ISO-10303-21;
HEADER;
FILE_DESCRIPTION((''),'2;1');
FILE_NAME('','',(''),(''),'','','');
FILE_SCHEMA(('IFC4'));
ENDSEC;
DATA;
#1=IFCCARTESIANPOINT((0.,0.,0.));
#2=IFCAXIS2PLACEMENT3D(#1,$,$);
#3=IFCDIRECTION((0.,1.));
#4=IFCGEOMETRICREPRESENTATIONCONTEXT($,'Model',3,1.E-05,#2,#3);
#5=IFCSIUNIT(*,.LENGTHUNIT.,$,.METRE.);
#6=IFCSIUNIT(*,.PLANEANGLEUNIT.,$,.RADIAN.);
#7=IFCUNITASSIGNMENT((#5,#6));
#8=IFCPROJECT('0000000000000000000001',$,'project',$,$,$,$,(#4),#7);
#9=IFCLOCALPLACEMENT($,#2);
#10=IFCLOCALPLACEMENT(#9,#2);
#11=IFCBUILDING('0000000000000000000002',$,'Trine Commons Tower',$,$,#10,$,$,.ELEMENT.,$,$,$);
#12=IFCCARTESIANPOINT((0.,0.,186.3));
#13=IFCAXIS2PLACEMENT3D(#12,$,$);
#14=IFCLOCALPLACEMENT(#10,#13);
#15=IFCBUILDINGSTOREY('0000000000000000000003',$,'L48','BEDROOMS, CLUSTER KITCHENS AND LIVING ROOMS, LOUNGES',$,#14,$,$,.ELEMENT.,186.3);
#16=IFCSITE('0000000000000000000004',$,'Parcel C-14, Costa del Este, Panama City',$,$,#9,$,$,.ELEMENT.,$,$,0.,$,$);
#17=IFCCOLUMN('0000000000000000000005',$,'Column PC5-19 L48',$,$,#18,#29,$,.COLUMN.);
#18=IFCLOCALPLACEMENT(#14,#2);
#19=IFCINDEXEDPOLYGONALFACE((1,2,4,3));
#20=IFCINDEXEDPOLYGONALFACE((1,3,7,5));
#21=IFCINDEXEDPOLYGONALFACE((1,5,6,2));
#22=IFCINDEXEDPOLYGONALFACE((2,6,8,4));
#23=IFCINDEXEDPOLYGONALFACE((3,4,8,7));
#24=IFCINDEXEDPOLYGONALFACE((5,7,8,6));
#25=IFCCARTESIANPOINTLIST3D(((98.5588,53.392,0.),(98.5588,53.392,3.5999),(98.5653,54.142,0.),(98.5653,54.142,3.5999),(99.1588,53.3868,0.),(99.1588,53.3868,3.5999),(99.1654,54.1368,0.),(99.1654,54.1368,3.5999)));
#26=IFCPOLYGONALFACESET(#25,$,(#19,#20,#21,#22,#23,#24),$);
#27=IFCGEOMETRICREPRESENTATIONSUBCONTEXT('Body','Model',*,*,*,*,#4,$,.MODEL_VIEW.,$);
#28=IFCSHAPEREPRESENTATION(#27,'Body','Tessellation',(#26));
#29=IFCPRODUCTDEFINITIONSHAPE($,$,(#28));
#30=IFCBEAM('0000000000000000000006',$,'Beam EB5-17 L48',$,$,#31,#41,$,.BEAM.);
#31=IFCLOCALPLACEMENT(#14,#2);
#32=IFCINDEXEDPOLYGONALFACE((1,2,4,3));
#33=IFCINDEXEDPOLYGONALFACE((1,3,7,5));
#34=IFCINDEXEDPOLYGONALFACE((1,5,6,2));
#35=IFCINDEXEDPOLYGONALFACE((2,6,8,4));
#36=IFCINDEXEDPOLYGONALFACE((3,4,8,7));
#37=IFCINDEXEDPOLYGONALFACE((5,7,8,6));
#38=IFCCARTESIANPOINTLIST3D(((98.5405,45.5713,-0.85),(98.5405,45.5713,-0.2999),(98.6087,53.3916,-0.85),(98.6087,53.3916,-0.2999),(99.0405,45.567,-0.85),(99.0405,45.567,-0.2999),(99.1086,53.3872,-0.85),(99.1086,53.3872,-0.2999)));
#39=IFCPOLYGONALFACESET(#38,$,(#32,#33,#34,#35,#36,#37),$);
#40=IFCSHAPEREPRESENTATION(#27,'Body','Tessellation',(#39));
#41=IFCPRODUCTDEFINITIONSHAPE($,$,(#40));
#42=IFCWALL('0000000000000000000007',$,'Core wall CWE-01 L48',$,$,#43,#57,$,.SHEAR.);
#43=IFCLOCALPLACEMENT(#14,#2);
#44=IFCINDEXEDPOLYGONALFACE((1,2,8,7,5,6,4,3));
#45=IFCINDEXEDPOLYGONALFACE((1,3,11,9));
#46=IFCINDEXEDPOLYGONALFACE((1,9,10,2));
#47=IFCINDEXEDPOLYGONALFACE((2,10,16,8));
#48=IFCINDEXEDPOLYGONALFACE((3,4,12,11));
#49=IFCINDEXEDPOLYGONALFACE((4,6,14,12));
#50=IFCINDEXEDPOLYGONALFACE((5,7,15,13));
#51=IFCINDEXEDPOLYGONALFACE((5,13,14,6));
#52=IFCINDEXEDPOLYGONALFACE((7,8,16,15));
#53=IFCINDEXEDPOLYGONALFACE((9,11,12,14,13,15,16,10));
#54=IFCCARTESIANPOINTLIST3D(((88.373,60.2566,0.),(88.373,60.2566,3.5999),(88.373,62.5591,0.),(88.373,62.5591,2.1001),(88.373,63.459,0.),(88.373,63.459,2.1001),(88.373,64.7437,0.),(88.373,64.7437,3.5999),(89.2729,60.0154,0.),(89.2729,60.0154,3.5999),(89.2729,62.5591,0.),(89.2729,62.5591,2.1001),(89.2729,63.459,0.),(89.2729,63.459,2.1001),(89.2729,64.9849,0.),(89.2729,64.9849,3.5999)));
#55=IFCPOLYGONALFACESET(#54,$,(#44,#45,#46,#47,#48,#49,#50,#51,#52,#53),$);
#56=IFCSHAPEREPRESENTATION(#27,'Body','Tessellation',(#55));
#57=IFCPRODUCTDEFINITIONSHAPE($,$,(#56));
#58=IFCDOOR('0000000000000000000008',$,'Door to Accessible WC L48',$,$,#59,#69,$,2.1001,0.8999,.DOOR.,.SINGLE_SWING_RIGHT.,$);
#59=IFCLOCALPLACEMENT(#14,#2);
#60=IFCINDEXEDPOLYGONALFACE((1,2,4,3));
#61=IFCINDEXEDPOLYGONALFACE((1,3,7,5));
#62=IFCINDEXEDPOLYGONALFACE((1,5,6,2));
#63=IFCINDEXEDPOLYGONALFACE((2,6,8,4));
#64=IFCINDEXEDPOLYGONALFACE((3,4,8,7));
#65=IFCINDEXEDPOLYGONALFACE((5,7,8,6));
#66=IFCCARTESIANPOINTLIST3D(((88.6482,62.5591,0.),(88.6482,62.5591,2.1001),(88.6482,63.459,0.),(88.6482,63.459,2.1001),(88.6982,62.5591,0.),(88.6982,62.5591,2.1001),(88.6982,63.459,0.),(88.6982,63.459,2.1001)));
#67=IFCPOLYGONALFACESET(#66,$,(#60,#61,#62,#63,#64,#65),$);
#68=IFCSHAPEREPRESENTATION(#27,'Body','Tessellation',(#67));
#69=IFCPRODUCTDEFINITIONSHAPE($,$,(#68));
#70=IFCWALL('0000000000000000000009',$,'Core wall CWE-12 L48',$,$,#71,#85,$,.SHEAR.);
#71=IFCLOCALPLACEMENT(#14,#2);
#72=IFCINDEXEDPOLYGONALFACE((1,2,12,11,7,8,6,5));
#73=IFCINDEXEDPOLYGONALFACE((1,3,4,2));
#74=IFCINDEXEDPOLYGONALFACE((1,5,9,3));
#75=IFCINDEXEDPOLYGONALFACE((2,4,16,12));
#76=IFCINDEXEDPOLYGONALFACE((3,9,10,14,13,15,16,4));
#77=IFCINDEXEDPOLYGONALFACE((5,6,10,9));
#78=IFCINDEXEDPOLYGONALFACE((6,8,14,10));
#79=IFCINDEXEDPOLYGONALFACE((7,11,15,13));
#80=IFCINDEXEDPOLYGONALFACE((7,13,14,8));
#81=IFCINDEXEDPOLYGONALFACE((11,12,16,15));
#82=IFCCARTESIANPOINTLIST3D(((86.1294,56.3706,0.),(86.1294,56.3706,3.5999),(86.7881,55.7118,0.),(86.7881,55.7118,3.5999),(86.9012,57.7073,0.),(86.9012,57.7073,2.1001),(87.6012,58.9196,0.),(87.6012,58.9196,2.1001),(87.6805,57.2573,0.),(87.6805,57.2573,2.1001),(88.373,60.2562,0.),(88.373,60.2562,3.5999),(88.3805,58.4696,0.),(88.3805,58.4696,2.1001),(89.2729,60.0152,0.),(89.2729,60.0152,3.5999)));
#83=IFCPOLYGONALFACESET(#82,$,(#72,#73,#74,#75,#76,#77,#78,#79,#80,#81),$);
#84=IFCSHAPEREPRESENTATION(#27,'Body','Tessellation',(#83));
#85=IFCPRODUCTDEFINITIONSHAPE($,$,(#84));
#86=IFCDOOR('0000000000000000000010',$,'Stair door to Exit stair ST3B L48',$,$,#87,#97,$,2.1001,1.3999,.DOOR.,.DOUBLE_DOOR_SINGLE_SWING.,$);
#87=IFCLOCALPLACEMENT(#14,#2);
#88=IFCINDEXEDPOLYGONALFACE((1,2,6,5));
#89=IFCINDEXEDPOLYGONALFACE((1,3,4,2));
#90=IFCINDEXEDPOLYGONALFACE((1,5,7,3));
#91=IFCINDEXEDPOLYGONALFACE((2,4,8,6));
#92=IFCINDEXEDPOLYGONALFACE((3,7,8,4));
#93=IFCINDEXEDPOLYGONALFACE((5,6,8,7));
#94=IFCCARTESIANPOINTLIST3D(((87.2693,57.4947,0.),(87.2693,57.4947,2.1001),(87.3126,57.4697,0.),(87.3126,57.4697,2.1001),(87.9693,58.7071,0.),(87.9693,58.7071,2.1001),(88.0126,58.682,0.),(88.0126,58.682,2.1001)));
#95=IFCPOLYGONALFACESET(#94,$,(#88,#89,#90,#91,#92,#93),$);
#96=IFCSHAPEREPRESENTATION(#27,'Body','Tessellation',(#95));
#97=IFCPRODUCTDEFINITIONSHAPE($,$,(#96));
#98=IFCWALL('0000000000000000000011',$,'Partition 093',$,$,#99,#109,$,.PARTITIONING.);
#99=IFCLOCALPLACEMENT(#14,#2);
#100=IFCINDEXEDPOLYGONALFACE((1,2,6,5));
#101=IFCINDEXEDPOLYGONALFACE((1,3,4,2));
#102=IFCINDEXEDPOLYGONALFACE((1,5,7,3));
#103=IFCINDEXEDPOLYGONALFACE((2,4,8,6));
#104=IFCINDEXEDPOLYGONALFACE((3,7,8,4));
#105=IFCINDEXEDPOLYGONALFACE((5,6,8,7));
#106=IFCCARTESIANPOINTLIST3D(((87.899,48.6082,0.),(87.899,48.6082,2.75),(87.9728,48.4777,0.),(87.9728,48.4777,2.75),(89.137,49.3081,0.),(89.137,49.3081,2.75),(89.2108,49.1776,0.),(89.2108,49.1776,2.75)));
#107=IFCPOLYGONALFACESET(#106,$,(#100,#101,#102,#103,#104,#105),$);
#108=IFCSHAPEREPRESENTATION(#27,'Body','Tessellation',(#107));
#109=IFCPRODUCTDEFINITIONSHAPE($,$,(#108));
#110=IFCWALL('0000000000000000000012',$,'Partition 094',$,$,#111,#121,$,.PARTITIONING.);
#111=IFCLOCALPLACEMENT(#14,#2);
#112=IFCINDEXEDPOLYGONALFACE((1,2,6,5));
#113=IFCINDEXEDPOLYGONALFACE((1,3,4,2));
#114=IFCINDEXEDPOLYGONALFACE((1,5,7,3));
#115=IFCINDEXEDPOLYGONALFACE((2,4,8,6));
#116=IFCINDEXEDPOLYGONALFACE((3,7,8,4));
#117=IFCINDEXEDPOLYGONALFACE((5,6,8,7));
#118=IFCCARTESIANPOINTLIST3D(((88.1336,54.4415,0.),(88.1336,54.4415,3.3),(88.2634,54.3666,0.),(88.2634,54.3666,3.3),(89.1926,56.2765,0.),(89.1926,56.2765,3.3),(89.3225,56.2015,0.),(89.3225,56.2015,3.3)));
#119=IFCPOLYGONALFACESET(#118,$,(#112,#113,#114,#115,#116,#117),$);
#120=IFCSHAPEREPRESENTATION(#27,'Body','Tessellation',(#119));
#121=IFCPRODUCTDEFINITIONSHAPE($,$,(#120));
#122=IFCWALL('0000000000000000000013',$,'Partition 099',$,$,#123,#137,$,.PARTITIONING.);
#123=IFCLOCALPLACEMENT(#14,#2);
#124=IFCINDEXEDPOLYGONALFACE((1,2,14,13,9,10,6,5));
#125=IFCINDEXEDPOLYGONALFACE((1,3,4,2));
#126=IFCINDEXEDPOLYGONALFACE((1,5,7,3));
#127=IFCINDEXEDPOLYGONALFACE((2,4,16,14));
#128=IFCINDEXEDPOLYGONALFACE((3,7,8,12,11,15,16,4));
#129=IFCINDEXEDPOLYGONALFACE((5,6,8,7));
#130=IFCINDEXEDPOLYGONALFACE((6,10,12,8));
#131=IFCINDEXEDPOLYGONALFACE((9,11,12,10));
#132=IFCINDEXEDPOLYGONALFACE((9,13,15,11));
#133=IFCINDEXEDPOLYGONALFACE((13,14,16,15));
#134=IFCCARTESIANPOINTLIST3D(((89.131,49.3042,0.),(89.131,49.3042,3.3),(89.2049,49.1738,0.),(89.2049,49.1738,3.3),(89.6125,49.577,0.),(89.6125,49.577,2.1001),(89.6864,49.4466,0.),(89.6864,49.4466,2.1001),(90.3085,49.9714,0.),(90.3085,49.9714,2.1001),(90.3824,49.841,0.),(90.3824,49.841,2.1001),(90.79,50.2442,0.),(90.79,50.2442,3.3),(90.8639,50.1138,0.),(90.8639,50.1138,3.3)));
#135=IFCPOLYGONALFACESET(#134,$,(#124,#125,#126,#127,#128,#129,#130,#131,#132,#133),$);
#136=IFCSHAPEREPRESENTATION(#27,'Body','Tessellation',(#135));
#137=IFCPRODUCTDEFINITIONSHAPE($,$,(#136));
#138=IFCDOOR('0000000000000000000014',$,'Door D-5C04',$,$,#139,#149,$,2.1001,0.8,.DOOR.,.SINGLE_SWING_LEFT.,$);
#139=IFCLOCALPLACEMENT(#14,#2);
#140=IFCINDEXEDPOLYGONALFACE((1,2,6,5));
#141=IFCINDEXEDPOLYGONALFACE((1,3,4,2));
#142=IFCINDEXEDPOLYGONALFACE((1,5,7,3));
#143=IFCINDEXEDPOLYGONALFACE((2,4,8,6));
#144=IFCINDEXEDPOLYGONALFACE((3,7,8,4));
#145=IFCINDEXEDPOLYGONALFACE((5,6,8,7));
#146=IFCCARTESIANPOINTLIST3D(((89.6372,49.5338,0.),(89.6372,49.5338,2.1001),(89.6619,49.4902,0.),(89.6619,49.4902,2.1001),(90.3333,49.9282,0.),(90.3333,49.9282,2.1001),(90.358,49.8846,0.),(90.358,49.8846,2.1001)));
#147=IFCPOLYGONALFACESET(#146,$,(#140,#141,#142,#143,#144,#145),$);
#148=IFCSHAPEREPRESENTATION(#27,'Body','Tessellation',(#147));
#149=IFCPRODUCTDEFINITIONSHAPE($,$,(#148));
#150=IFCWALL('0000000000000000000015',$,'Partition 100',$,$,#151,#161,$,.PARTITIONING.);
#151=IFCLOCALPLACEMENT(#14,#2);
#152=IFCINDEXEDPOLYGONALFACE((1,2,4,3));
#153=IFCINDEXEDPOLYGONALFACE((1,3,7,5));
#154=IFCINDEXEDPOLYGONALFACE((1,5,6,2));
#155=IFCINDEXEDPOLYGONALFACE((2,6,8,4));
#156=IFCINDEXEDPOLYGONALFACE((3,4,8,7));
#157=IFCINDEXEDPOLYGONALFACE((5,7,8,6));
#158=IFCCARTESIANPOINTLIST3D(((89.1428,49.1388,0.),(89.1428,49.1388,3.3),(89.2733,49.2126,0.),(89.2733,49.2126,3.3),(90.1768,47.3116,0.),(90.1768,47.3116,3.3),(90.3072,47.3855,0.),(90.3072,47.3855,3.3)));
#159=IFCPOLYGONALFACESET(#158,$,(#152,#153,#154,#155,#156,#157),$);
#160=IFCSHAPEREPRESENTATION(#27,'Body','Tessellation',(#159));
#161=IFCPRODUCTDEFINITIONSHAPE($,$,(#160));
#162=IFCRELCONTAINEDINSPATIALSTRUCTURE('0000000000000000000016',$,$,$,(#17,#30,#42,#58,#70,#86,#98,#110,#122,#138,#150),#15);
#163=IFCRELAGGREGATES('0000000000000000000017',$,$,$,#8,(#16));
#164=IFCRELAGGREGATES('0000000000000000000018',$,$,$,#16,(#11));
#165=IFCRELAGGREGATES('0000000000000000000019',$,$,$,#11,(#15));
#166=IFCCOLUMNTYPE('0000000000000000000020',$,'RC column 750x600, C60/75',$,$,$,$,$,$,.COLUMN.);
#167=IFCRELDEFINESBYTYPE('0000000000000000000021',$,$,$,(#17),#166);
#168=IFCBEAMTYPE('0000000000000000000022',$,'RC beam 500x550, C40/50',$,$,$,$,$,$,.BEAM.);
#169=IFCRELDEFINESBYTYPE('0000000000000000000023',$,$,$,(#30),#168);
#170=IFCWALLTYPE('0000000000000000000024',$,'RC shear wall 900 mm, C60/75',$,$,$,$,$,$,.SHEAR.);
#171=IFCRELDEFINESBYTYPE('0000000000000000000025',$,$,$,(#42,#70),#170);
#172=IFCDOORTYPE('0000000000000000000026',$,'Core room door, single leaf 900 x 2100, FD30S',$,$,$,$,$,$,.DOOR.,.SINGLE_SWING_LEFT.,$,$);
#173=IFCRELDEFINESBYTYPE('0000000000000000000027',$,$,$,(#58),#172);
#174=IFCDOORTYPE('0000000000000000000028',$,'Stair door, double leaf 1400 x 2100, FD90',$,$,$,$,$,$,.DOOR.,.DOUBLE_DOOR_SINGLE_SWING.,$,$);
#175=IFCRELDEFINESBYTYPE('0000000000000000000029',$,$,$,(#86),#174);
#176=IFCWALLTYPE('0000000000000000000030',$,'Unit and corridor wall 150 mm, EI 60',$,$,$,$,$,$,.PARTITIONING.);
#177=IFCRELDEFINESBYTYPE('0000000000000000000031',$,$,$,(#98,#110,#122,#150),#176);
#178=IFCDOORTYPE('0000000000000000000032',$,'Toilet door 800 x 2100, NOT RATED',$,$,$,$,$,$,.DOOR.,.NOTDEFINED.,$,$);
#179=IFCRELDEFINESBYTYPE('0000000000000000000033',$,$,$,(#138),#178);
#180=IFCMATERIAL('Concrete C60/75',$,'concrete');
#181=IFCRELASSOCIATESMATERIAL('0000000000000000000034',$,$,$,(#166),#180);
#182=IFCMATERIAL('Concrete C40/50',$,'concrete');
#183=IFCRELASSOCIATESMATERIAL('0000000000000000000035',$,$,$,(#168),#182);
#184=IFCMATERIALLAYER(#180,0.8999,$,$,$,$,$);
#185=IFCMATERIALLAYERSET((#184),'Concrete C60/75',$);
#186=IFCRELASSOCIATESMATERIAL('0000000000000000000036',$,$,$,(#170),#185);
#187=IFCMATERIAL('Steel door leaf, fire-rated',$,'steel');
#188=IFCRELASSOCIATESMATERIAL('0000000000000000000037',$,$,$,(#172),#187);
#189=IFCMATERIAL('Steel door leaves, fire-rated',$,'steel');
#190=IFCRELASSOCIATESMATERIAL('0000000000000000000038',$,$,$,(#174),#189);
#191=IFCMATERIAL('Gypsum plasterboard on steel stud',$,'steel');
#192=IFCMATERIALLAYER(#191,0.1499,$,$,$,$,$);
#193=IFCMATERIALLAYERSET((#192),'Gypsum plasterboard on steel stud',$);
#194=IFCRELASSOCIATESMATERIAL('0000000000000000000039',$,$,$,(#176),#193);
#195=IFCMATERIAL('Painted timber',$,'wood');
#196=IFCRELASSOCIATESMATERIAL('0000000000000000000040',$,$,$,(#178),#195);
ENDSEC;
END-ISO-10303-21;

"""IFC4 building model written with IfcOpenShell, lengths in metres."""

from ifc_helpers import new_model, si_unit, direction, frame, frame_2d, origin, origin_2d, place, context, subcontext, project, spatial, polyline, rectangle, outline, extrude, material, layer, layer_set, material_profile, profile_set, type_object, element, fill, save


model = new_model("IFC4")

# Units and contexts
model_context = context("Model", 3, precision=1e-05, world=origin(), true_north=direction((0.0, 1.0)))
body_context = subcontext(model_context, "Body", "Model", "MODEL_VIEW")
ifc_project = project(units=[si_unit("LENGTHUNIT", "METRE"), si_unit("PLANEANGLEUNIT", "RADIAN")], contexts=[model_context])

# Site, building, storey
site_placement = place(None, origin())
site = spatial("IfcSite", under=ifc_project, at=site_placement, Name="Parcel C-14, Costa del Este, Panama City", CompositionType="ELEMENT", RefElevation=0.0)
building_placement = place(site_placement, origin())
building = spatial("IfcBuilding", under=site, at=building_placement, Name="Trine Commons Tower", CompositionType="ELEMENT")
storey_placement = place(building_placement, frame((0.0, 0.0, 186.3)))
storey = spatial("IfcBuildingStorey", under=building, at=storey_placement, Name="L48", Description="BEDROOMS, CLUSTER KITCHENS AND LIVING ROOMS, LOUNGES", CompositionType="ELEMENT", Elevation=186.3)

# Column
ifc_material_1 = material(Name="Concrete C60/75", Category="concrete")
ifc_material_profile_1 = material_profile(ifc_material_1, rectangle(XDim=0.75, YDim=0.6001, at=origin_2d()), Name="RC 750x600")
ifc_profile_set_1 = profile_set([ifc_material_profile_1], Name="Concrete C60/75")
column_type = type_object("IfcColumnType", Name="RC column 750x600, C60/75", PredefinedType="COLUMN", material=ifc_profile_set_1)
column_placement = place(storey_placement, frame((98.8621, 53.7644, 0.0), z_axis=(0.0, 0.0, 1.0), x_axis=(0.008727, 0.999962, 0.0)))
element("IfcColumn", 1, at=column_placement, inside=storey, type_object=column_type, Name="Column PC5-19 L48", PredefinedType="COLUMN", context=body_context, shape_type="SweptSolid", body=[
    extrude(rectangle(XDim=0.75, YDim=0.6001, at=origin_2d()), origin(), (0.0, 0.0, 1.0), 3.5999),
])

# Beam
ifc_material_2 = material(Name="Concrete C40/50", Category="concrete")
ifc_material_profile_2 = material_profile(ifc_material_2, rectangle(XDim=0.5, YDim=0.55, at=origin_2d()), Name="RC 500x550")
ifc_profile_set_2 = profile_set([ifc_material_profile_2], Name="Concrete C40/50")
beam_type = type_object("IfcBeamType", Name="RC beam 500x550, C40/50", PredefinedType="BEAM", material=ifc_profile_set_2)
beam_placement = place(storey_placement, frame((98.8586, 53.3894, -0.575), z_axis=(-0.00871, -0.999962, 0.0), x_axis=(0.999962, -0.00871, 0.0)))
element("IfcBeam", 2, at=beam_placement, inside=storey, type_object=beam_type, Name="Beam EB5-17 L48", PredefinedType="BEAM", context=body_context, shape_type="SweptSolid", body=[
    extrude(rectangle(XDim=0.5, YDim=0.55, at=origin_2d()), origin(), (0.0, 0.0, 1.0), 7.8206),
])

# Walls, openings, doors
ifc_layer_1 = layer(ifc_material_1, 0.8999)
ifc_layer_set_1 = layer_set([ifc_layer_1], Name="Concrete C60/75")
wall_type_1 = type_object("IfcWallType", Name="RC shear wall 900 mm, C60/75", PredefinedType="SHEAR", material=ifc_layer_set_1)
wall_1_placement = place(storey_placement, frame((88.823, 60.0154, 0.0), z_axis=(0.0, 0.0, 1.0), x_axis=(0.0, 1.0, 0.0)))
wall_1 = element("IfcWall", 3, at=wall_1_placement, inside=storey, type_object=wall_type_1, Name="Core wall CWE-01 L48", PredefinedType="SHEAR", context=body_context, shape_type="SweptSolid", body=[
    extrude(outline(polyline([(0.0, -0.45), (4.9695, -0.45), (4.7283, 0.45), (0.2412, 0.45), (0.0, -0.45)])), origin(), (0.0, 0.0, 1.0), 3.5999),
])
opening_1_placement = place(wall_1_placement, frame((2.5437, 0.0, 0.0)))
opening_1 = element("IfcOpeningElement", 4, at=opening_1_placement, cuts=wall_1, PredefinedType="OPENING", context=body_context, shape_type="SweptSolid", body=[
    extrude(rectangle(XDim=0.8999, YDim=2.1001, at=frame_2d((0.45, 1.05))), frame((0.0, 0.46, 0.0), z_axis=(0.0, -1.0, 0.0), x_axis=(1.0, 0.0, 0.0)), (0.0, 0.0, 1.0), 0.9199),
])
ifc_material_3 = material(Name="Steel door leaf, fire-rated", Category="steel")
door_type_1 = type_object("IfcDoorType", Name="Core room door, single leaf 900 x 2100, FD30S", OperationType="SINGLE_SWING_LEFT", PredefinedType="DOOR", material=ifc_material_3)
door_1_placement = place(opening_1_placement, origin())
door_1 = element("IfcDoor", 5, at=door_1_placement, inside=storey, type_object=door_type_1, Name="Door to Accessible WC L48", OperationType="SINGLE_SWING_RIGHT", OverallHeight=2.1001, OverallWidth=0.8999, PredefinedType="DOOR", context=body_context, shape_type="SweptSolid", body=[
    extrude(rectangle(XDim=0.8999, YDim=2.1001, at=frame_2d((0.45, 1.05))), frame((0.0, 0.1748, 0.0), z_axis=(0.0, -1.0, 0.0), x_axis=(1.0, 0.0, 0.0)), (0.0, 0.0, 1.0), 0.05),
])
fill(opening_1, door_1)
wall_2_placement = place(storey_placement, frame((86.3984, 55.9368, 0.0), z_axis=(0.0, 0.0, 1.0), x_axis=(0.500039, 0.866003, 0.0)))
wall_2 = element("IfcWall", 6, at=wall_2_placement, inside=storey, type_object=wall_type_1, Name="Core wall CWE-12 L48", PredefinedType="SHEAR", context=body_context, shape_type="SweptSolid", body=[
    extrude(outline(polyline([(0.0, -0.45), (4.9692, -0.45), (4.728, 0.45), (0.2412, 0.45), (0.0, -0.45)])), origin(), (0.0, 0.0, 1.0), 3.5999),
])
opening_2_placement = place(wall_2_placement, frame((1.7847, 0.0, 0.0)))
opening_2 = element("IfcOpeningElement", 7, at=opening_2_placement, cuts=wall_2, PredefinedType="OPENING", context=body_context, shape_type="SweptSolid", body=[
    extrude(rectangle(XDim=1.3999, YDim=2.1001, at=frame_2d((0.7, 1.05))), frame((0.0, 0.46, 0.0), z_axis=(0.0, -1.0, 0.0), x_axis=(1.0, 0.0, 0.0)), (0.0, 0.0, 1.0), 0.9199),
])
ifc_material_4 = material(Name="Steel door leaves, fire-rated", Category="steel")
door_type_2 = type_object("IfcDoorType", Name="Stair door, double leaf 1400 x 2100, FD90", OperationType="DOUBLE_DOOR_SINGLE_SWING", PredefinedType="DOOR", material=ifc_material_4)
door_2_placement = place(opening_2_placement, origin())
door_2 = element("IfcDoor", 8, at=door_2_placement, inside=storey, type_object=door_type_2, Name="Stair door to Exit stair ST3B L48", OperationType="DOUBLE_DOOR_SINGLE_SWING", OverallHeight=2.1001, OverallWidth=1.3999, PredefinedType="DOOR", context=body_context, shape_type="SweptSolid", body=[
    extrude(rectangle(XDim=1.3999, YDim=2.1001, at=frame_2d((0.7, 1.05))), frame((0.0, 0.0249, 0.0), z_axis=(0.0, -1.0, 0.0), x_axis=(1.0, 0.0, 0.0)), (0.0, 0.0, 1.0), 0.05),
])
fill(opening_2, door_2)

# Walls
ifc_material_5 = material(Name="Gypsum plasterboard on steel stud", Category="steel")
ifc_layer_2 = layer(ifc_material_5, 0.1499)
ifc_layer_set_2 = layer_set([ifc_layer_2], Name="Gypsum plasterboard on steel stud")
wall_type_2 = type_object("IfcWallType", Name="Unit and corridor wall 150 mm, EI 60", PredefinedType="PARTITIONING", material=ifc_layer_set_2)
wall_3_placement = place(storey_placement, frame((87.936, 48.543, 0.0), z_axis=(0.0, 0.0, 1.0), x_axis=(0.870505, 0.492159, 0.0)))
element("IfcWall", 9, at=wall_3_placement, inside=storey, type_object=wall_type_2, Name="Partition 093", PredefinedType="PARTITIONING", context=body_context, shape_type="SweptSolid", body=[
    extrude(rectangle(XDim=1.4221, YDim=0.1499, at=frame_2d((0.7109, 0.0))), origin(), (0.0, 0.0, 1.0), 2.75),
])
wall_4_placement = place(storey_placement, frame((88.1985, 54.4041, 0.0), z_axis=(0.0, 0.0, 1.0), x_axis=(0.499882, 0.866093, 0.0)))
element("IfcWall", 10, at=wall_4_placement, inside=storey, type_object=wall_type_2, Name="Partition 094", PredefinedType="PARTITIONING", context=body_context, shape_type="SweptSolid", body=[
    extrude(rectangle(XDim=2.1187, YDim=0.1499, at=frame_2d((1.0593, 0.0))), origin(), (0.0, 0.0, 1.0), 3.3),
])

# Wall, opening, door
wall_5_placement = place(storey_placement, frame((89.168, 49.239, 0.0), z_axis=(0.0, 0.0, 1.0), x_axis=(0.87005, 0.492964, 0.0)))
wall_5 = element("IfcWall", 11, at=wall_5_placement, inside=storey, type_object=wall_type_2, Name="Partition 099", PredefinedType="PARTITIONING", context=body_context, shape_type="SweptSolid", body=[
    extrude(rectangle(XDim=1.9067, YDim=0.1499, at=frame_2d((0.9534, 0.0))), origin(), (0.0, 0.0, 1.0), 3.3),
])
opening_3_placement = place(wall_5_placement, frame((0.5535, 0.0, 0.0)))
opening_3 = element("IfcOpeningElement", 12, at=opening_3_placement, cuts=wall_5, PredefinedType="OPENING", context=body_context, shape_type="SweptSolid", body=[
    extrude(rectangle(XDim=0.8, YDim=2.1001, at=frame_2d((0.3999, 1.05))), frame((0.0, 0.085, 0.0), z_axis=(0.0, -1.0, 0.0), x_axis=(1.0, 0.0, 0.0)), (0.0, 0.0, 1.0), 0.1699),
])
ifc_material_6 = material(Name="Painted timber", Category="wood")
door_type_3 = type_object("IfcDoorType", Name="Toilet door 800 x 2100, NOT RATED", OperationType="NOTDEFINED", PredefinedType="DOOR", material=ifc_material_6)
door_3_placement = place(opening_3_placement, frame((0.8, 0.0, 0.0), z_axis=(0.0, 0.0, 1.0), x_axis=(-1.0, 0.0, 0.0)))
door_3 = element("IfcDoor", 13, at=door_3_placement, inside=storey, type_object=door_type_3, Name="Door D-5C04", OperationType="SINGLE_SWING_LEFT", OverallHeight=2.1001, OverallWidth=0.8, PredefinedType="DOOR", context=body_context, shape_type="SweptSolid", body=[
    extrude(rectangle(XDim=0.8, YDim=2.1001, at=frame_2d((0.3999, 1.05))), frame((0.0, 0.0249, 0.0), z_axis=(0.0, -1.0, 0.0), x_axis=(1.0, 0.0, 0.0)), (0.0, 0.0, 1.0), 0.05),
])
fill(opening_3, door_3)

# Wall
wall_6_placement = place(storey_placement, frame((89.208, 49.1758, 0.0), z_axis=(0.0, 0.0, 1.0), x_axis=(0.49249, -0.870318, 0.0)))
element("IfcWall", 14, at=wall_6_placement, inside=storey, type_object=wall_type_2, Name="Partition 100", PredefinedType="PARTITIONING", context=body_context, shape_type="SweptSolid", body=[
    extrude(rectangle(XDim=2.0994, YDim=0.1499, at=frame_2d((1.0498, 0.0))), origin(), (0.0, 0.0, 1.0), 3.3),
])

save(model, "model.ifc")
